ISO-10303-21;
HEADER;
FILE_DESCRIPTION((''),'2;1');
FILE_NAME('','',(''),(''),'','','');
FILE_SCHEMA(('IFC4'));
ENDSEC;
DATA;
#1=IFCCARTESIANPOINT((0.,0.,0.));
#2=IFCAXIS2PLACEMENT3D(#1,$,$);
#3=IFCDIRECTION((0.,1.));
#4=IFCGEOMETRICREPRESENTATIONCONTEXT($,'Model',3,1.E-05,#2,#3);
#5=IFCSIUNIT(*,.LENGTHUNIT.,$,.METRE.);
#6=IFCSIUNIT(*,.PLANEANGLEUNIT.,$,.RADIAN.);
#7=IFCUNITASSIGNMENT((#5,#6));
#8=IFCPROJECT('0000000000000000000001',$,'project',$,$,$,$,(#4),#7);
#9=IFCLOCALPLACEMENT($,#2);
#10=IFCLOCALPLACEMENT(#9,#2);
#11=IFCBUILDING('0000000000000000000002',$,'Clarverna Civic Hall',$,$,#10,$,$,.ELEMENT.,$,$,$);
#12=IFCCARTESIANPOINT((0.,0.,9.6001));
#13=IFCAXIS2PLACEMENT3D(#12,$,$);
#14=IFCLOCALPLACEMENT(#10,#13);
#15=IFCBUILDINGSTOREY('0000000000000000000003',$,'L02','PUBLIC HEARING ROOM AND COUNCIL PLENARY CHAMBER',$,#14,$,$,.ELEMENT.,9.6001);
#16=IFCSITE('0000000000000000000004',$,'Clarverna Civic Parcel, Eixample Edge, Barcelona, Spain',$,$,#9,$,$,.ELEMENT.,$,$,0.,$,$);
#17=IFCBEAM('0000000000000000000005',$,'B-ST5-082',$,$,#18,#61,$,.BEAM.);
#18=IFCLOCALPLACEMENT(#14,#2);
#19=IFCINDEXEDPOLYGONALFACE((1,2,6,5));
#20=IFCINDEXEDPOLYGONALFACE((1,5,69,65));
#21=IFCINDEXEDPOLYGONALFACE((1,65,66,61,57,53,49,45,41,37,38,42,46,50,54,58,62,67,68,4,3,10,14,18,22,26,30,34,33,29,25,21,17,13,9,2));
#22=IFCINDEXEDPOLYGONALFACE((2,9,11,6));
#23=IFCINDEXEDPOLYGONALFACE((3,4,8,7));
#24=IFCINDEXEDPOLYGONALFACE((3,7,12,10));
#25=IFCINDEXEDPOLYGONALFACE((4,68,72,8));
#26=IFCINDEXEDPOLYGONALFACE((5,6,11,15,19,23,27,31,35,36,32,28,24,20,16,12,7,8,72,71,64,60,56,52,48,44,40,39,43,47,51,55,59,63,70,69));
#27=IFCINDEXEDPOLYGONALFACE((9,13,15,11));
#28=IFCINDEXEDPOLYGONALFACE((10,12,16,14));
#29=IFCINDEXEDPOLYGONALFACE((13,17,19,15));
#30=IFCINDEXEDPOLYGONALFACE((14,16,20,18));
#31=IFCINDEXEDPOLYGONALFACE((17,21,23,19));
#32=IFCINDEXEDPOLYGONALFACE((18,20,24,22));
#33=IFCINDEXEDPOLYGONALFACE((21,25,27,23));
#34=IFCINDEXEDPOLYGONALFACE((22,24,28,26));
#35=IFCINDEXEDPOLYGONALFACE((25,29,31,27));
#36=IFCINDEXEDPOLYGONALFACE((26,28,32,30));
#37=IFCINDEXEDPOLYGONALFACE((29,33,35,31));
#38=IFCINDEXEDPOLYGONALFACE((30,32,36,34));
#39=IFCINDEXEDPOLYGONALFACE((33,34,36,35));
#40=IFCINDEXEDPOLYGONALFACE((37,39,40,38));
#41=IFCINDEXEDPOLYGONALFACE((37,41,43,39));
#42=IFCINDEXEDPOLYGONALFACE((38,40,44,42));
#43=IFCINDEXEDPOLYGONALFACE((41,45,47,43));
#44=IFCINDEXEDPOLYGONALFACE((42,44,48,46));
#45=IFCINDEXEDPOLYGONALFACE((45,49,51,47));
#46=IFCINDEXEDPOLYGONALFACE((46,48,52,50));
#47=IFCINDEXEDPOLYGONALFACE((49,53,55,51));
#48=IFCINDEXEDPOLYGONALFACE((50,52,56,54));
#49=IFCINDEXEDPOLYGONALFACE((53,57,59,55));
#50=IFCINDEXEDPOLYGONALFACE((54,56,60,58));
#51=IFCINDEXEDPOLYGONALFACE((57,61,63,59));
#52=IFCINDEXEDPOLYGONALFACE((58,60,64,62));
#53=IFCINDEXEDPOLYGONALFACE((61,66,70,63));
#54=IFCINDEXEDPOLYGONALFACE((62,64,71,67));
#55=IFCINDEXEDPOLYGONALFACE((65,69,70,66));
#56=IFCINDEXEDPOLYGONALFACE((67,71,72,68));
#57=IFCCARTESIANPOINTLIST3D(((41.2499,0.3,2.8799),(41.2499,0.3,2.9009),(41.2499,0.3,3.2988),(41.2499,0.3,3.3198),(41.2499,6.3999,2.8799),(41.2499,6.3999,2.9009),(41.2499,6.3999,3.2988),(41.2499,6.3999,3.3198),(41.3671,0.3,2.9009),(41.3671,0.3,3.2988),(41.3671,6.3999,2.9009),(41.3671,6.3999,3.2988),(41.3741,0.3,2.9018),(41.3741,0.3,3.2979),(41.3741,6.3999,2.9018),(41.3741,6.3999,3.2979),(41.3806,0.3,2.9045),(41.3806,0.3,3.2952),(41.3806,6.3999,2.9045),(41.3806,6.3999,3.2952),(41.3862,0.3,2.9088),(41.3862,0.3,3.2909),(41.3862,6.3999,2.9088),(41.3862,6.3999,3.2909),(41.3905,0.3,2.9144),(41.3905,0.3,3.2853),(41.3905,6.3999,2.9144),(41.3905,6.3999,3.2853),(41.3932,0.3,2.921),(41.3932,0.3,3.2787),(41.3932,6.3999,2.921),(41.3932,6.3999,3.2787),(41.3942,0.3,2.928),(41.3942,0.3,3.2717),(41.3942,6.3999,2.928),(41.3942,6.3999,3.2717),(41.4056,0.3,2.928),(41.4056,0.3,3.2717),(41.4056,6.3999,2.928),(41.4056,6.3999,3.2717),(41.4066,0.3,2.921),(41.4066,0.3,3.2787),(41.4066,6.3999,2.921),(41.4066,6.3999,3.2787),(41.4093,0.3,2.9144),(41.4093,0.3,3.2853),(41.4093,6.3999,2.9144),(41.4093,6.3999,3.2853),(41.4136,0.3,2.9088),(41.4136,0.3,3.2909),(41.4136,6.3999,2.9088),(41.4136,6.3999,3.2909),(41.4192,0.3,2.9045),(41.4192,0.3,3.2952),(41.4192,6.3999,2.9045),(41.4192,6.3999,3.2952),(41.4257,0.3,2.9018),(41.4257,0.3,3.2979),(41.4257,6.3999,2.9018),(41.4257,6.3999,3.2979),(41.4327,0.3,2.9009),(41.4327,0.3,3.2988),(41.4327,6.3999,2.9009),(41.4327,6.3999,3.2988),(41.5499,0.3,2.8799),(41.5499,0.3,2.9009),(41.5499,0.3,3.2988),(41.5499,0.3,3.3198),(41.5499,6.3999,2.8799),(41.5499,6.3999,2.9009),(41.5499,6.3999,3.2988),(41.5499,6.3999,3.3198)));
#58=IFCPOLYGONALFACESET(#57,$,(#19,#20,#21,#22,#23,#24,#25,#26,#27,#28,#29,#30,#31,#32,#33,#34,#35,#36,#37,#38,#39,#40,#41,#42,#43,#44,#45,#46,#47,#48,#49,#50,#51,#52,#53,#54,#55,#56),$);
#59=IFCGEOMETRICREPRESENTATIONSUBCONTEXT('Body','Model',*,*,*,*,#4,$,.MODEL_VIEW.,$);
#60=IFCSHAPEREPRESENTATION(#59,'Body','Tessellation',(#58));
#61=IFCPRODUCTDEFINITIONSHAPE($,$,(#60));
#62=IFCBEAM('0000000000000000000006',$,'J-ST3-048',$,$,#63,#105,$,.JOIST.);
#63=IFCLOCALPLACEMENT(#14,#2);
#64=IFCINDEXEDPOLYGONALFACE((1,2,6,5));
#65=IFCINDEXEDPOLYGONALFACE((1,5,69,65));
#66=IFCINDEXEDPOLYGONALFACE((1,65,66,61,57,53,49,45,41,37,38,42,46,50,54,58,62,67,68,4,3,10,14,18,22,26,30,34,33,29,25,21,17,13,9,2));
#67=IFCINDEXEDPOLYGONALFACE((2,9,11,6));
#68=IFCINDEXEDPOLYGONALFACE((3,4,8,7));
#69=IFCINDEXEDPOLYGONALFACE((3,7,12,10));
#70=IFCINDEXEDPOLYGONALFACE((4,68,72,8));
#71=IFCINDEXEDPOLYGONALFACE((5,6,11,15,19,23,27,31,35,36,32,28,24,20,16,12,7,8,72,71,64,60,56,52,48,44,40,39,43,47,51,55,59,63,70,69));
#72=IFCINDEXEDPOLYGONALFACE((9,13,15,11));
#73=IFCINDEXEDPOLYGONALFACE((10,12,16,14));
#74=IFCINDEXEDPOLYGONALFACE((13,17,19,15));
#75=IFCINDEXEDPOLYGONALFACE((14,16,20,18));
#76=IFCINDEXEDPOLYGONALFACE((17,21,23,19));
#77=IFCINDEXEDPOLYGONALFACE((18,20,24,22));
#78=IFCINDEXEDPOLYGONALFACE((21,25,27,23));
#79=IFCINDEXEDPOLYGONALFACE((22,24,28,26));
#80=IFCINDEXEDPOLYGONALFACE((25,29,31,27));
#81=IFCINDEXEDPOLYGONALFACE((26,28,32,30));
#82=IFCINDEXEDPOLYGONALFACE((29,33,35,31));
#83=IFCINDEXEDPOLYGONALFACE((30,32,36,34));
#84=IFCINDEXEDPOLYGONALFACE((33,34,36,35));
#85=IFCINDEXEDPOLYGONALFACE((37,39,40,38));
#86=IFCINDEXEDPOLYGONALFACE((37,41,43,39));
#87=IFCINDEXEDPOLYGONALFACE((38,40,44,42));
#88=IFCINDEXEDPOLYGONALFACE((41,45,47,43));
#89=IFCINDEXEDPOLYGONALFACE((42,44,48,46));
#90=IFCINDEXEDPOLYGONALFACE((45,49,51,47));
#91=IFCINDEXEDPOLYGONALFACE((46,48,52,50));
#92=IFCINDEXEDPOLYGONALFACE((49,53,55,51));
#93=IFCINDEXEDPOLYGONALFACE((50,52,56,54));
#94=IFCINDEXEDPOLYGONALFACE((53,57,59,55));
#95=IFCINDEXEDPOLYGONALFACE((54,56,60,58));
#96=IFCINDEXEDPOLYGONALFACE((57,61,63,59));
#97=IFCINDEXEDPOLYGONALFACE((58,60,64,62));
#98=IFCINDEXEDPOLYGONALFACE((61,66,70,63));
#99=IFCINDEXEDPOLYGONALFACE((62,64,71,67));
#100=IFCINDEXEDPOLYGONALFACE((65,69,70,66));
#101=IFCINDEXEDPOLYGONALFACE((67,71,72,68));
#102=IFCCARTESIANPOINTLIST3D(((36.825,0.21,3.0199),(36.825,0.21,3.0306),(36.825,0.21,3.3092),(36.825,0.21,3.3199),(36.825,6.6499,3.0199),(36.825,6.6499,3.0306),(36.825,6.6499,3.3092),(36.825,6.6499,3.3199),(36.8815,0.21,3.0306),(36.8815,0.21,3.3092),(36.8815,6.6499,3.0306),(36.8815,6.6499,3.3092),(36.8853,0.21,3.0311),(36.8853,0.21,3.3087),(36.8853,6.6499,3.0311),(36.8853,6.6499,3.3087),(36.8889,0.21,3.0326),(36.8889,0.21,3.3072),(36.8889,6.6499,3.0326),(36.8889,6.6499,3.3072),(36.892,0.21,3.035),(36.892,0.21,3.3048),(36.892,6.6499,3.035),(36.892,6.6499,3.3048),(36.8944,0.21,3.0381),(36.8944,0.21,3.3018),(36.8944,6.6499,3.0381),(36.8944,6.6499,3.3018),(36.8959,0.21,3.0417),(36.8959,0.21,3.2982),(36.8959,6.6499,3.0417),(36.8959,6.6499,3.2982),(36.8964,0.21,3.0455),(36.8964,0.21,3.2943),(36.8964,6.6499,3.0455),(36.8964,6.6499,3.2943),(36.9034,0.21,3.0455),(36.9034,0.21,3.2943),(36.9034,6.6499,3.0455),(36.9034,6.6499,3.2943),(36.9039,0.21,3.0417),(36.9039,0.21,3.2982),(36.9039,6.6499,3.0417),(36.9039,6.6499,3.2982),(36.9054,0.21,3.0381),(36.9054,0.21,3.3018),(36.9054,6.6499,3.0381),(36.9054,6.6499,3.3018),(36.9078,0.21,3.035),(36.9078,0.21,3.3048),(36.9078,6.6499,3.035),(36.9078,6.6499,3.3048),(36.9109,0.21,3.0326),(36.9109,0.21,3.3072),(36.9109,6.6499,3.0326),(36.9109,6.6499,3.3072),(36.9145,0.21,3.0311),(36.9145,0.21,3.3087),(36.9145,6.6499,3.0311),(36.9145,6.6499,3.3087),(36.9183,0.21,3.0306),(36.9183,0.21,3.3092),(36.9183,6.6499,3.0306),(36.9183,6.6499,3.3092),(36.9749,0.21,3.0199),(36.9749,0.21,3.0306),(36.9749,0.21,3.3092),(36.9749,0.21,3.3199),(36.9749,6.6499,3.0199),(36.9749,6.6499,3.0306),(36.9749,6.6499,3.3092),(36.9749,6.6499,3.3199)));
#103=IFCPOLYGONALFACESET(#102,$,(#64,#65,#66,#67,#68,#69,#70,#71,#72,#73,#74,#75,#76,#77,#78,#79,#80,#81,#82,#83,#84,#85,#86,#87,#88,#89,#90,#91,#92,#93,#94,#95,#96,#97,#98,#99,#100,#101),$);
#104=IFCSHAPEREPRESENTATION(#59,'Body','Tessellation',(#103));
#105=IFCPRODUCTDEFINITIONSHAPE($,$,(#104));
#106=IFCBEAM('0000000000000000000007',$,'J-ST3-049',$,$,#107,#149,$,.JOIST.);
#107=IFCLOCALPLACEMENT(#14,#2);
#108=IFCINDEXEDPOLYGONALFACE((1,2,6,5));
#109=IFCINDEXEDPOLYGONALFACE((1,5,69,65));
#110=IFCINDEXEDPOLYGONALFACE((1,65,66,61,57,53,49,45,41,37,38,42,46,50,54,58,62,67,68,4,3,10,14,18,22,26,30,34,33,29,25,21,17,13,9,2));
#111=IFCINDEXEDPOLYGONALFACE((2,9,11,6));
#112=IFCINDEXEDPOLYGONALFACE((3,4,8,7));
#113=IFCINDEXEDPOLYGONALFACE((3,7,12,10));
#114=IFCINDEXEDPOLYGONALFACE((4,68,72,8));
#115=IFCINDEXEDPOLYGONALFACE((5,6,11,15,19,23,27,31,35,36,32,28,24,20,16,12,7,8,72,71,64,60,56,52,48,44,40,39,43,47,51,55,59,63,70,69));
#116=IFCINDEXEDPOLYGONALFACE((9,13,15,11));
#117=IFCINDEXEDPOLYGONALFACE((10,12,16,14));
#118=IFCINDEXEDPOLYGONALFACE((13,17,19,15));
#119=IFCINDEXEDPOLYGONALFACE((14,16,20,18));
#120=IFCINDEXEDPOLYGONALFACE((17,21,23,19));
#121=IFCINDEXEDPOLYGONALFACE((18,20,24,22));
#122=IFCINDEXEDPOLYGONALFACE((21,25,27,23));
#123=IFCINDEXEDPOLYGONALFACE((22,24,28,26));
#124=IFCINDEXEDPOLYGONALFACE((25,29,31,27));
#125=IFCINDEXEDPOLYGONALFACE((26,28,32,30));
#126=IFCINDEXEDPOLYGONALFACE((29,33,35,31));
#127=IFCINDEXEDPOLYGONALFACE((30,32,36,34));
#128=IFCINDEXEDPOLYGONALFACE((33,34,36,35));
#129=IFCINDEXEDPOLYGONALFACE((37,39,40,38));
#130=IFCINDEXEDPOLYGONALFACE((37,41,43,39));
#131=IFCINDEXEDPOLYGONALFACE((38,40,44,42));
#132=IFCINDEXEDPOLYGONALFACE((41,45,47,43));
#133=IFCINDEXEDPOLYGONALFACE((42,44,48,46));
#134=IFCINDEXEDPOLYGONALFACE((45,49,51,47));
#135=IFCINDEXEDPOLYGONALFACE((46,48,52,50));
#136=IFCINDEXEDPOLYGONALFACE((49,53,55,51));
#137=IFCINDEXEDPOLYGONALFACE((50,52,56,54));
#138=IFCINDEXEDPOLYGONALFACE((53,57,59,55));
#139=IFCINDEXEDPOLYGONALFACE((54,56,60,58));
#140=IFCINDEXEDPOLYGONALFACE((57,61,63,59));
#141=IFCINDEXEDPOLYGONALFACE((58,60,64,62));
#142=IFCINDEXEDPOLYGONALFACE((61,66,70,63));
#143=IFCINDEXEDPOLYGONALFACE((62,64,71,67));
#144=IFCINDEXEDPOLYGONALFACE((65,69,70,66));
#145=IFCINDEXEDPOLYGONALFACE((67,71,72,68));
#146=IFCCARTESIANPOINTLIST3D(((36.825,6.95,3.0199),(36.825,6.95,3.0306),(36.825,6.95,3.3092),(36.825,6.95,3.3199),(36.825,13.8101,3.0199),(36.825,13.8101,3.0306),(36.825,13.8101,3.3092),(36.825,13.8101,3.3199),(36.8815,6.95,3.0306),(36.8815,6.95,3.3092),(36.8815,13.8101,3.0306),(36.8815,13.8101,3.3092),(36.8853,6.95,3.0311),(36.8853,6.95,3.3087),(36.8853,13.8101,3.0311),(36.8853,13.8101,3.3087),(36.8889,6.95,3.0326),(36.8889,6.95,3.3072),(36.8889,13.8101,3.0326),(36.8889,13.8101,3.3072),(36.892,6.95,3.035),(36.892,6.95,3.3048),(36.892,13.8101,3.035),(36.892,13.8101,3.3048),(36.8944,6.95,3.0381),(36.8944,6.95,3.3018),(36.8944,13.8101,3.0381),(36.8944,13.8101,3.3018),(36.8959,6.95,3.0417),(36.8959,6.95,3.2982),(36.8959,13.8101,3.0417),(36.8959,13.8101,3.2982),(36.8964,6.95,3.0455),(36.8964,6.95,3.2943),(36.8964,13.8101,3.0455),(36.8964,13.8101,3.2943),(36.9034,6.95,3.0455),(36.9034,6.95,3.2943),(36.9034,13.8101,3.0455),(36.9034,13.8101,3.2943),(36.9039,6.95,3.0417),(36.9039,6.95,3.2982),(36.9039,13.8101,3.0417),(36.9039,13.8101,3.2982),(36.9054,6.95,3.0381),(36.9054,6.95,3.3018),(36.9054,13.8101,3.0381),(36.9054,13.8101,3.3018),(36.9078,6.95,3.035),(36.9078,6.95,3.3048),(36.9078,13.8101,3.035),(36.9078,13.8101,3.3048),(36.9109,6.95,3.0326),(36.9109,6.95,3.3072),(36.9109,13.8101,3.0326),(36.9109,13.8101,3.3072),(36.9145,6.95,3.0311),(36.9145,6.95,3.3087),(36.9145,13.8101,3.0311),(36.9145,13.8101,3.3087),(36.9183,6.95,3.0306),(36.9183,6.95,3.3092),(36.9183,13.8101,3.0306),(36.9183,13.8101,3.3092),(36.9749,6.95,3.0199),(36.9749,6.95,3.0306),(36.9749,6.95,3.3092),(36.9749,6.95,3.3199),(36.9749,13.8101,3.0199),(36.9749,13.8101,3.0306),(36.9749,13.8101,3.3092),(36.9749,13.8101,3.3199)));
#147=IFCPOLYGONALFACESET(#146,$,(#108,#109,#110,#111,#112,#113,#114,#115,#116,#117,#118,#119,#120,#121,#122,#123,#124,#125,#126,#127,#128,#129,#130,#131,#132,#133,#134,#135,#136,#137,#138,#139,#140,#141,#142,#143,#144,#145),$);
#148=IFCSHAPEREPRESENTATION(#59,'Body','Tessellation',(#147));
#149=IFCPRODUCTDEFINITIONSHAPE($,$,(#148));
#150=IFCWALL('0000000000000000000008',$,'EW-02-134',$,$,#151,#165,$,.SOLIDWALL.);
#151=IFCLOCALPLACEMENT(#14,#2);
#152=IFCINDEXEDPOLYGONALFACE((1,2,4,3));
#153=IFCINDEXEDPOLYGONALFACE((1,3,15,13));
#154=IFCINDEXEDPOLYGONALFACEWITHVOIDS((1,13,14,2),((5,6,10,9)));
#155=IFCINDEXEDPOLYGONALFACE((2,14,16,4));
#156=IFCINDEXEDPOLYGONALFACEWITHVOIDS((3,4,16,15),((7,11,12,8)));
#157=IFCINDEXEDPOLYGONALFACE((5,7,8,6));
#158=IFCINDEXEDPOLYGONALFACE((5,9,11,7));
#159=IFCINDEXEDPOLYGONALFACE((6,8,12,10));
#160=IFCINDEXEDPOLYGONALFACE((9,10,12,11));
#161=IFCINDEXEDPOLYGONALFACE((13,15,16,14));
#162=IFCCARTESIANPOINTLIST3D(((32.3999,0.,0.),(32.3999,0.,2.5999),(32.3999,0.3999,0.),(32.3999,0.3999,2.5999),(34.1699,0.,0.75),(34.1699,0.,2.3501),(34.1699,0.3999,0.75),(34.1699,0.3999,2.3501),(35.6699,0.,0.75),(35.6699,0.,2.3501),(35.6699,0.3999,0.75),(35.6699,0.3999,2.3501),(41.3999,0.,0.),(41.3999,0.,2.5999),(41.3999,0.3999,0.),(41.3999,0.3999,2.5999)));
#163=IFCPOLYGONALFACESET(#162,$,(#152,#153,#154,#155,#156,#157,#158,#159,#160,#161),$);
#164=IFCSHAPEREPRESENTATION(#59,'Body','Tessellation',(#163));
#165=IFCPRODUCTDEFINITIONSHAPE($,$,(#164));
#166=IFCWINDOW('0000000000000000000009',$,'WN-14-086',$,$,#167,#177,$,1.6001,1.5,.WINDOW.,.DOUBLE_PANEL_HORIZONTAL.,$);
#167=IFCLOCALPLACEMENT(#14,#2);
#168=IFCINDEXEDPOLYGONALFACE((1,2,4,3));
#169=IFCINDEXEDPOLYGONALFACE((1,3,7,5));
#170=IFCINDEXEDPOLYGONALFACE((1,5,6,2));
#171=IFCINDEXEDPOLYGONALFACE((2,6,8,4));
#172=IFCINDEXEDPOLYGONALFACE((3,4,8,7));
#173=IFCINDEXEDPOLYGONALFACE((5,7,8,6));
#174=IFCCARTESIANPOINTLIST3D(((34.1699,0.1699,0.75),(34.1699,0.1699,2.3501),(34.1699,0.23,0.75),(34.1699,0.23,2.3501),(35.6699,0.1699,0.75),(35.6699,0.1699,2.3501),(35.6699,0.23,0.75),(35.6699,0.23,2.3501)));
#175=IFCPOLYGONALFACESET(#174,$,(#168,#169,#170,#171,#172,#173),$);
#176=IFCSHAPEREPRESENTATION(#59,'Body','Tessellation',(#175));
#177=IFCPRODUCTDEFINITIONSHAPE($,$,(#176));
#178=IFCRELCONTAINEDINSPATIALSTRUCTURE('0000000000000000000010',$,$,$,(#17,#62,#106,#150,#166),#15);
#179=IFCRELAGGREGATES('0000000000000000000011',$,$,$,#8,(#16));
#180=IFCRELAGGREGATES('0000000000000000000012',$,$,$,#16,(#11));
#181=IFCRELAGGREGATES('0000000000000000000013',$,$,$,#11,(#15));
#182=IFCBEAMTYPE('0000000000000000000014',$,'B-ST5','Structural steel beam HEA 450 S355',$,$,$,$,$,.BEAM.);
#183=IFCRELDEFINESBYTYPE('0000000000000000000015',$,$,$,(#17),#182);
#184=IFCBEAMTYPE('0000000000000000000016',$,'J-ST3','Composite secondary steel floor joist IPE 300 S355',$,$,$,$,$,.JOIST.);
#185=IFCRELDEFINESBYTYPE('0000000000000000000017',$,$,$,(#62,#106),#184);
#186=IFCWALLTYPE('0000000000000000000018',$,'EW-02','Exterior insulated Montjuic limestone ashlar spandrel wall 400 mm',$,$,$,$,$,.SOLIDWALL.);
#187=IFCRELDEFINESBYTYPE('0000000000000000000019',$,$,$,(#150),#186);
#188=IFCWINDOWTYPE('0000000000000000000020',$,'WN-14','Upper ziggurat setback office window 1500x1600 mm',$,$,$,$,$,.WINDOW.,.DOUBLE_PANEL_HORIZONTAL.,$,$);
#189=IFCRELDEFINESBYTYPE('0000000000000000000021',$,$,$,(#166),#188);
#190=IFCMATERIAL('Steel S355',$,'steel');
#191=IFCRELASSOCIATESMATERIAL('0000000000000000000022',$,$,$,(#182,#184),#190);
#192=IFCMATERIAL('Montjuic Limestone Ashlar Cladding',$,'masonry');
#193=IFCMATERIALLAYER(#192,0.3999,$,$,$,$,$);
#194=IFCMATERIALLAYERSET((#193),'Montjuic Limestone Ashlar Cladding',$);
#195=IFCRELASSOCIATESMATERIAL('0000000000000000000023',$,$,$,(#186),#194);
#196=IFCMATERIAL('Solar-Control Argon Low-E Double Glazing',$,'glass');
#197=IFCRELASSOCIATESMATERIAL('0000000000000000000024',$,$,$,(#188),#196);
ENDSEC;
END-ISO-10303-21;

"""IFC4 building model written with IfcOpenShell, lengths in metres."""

from ifc_helpers import new_model, si_unit, direction, frame, frame_2d, origin, origin_2d, place, context, subcontext, project, spatial, rectangle, i_section, extrude, material, layer, layer_set, material_profile, profile_set, type_object, element, fill, save


model = new_model("IFC4")

# Units and contexts
model_context = context("Model", 3, precision=1e-05, world=origin(), true_north=direction((0.0, 1.0)))
body_context = subcontext(model_context, "Body", "Model", "MODEL_VIEW")
ifc_project = project(units=[si_unit("LENGTHUNIT", "METRE"), si_unit("PLANEANGLEUNIT", "RADIAN")], contexts=[model_context])

# Site, building, storey
site_placement = place(None, origin())
site = spatial("IfcSite", under=ifc_project, at=site_placement, Name="Clarverna Civic Parcel, Eixample Edge, Barcelona, Spain", CompositionType="ELEMENT", RefElevation=0.0)
building_placement = place(site_placement, origin())
building = spatial("IfcBuilding", under=site, at=building_placement, Name="Clarverna Civic Hall", CompositionType="ELEMENT")
storey_placement = place(building_placement, frame((0.0, 0.0, 9.6001)))
storey = spatial("IfcBuildingStorey", under=building, at=storey_placement, Name="L02", Description="PUBLIC HEARING ROOM AND COUNCIL PLENARY CHAMBER", CompositionType="ELEMENT", Elevation=9.6001)

# Beams
ifc_material_1 = material(Name="Steel S355", Category="steel")
ifc_material_profile_1 = material_profile(ifc_material_1, i_section(OverallWidth=0.3, OverallDepth=0.4399, WebThickness=0.0115, FlangeThickness=0.021, FilletRadius=0.0271, at=origin_2d()), Name="HEA 450")
ifc_profile_set_1 = profile_set([ifc_material_profile_1], Name="Steel S355")
beam_type_1 = type_object("IfcBeamType", Name="B-ST5", Description="Structural steel beam HEA 450 S355", PredefinedType="BEAM", material=ifc_profile_set_1)
beam_1_placement = place(storey_placement, frame((41.3999, 0.3, 3.0999), z_axis=(0.0, 1.0, 0.0), x_axis=(-1.0, 0.0, 0.0)))
element("IfcBeam", 1, at=beam_1_placement, inside=storey, type_object=beam_type_1, Name="B-ST5-082", PredefinedType="BEAM", context=body_context, shape_type="SweptSolid", body=[
    extrude(i_section(OverallWidth=0.3, OverallDepth=0.4399, WebThickness=0.0115, FlangeThickness=0.021, FilletRadius=0.0271, at=origin_2d()), origin(), (0.0, 0.0, 1.0), 6.0999),
])
ifc_material_profile_2 = material_profile(ifc_material_1, i_section(OverallWidth=0.1499, OverallDepth=0.3, WebThickness=0.0071, FlangeThickness=0.0107, FilletRadius=0.0149, at=origin_2d()), Name="IPE 300")
ifc_profile_set_2 = profile_set([ifc_material_profile_2], Name="Steel S355")
beam_type_2 = type_object("IfcBeamType", Name="J-ST3", Description="Composite secondary steel floor joist IPE 300 S355", PredefinedType="JOIST", material=ifc_profile_set_2)
beam_2_placement = place(storey_placement, frame((36.8999, 0.21, 3.1699), z_axis=(0.0, 1.0, 0.0), x_axis=(-1.0, 0.0, 0.0)))
element("IfcBeam", 2, at=beam_2_placement, inside=storey, type_object=beam_type_2, Name="J-ST3-048", PredefinedType="JOIST", context=body_context, shape_type="SweptSolid", body=[
    extrude(i_section(OverallWidth=0.1499, OverallDepth=0.3, WebThickness=0.0071, FlangeThickness=0.0107, FilletRadius=0.0149, at=origin_2d()), origin(), (0.0, 0.0, 1.0), 6.4399),
])
beam_3_placement = place(storey_placement, frame((36.8999, 6.95, 3.1699), z_axis=(0.0, 1.0, 0.0), x_axis=(-1.0, 0.0, 0.0)))
element("IfcBeam", 3, at=beam_3_placement, inside=storey, type_object=beam_type_2, Name="J-ST3-049", PredefinedType="JOIST", context=body_context, shape_type="SweptSolid", body=[
    extrude(i_section(OverallWidth=0.1499, OverallDepth=0.3, WebThickness=0.0071, FlangeThickness=0.0107, FilletRadius=0.0149, at=origin_2d()), origin(), (0.0, 0.0, 1.0), 6.8601),
])

# Wall, opening, window
ifc_material_2 = material(Name="Montjuic Limestone Ashlar Cladding", Category="masonry")
ifc_layer_1 = layer(ifc_material_2, 0.3999)
ifc_layer_set_1 = layer_set([ifc_layer_1], Name="Montjuic Limestone Ashlar Cladding")
wall_type_1 = type_object("IfcWallType", Name="EW-02", Description="Exterior insulated Montjuic limestone ashlar spandrel wall 400 mm", PredefinedType="SOLIDWALL", material=ifc_layer_set_1)
wall_1_placement = place(storey_placement, frame((41.3999, 0.2, 0.0), z_axis=(0.0, 0.0, 1.0), x_axis=(-1.0, 0.0, 0.0)))
wall_1 = element("IfcWall", 4, at=wall_1_placement, inside=storey, type_object=wall_type_1, Name="EW-02-134", PredefinedType="SOLIDWALL", context=body_context, shape_type="SweptSolid", body=[
    extrude(rectangle(XDim=9.0, YDim=0.3999, at=frame_2d((4.5, 0.0))), origin(), (0.0, 0.0, 1.0), 2.5999),
])
opening_1_placement = place(wall_1_placement, frame((5.73, 0.0, 0.75)))
opening_1 = element("IfcOpeningElement", 5, at=opening_1_placement, cuts=wall_1, PredefinedType="OPENING", context=body_context, shape_type="SweptSolid", body=[
    extrude(rectangle(XDim=1.5, YDim=1.6001, at=frame_2d((0.75, 0.8))), frame((0.0, 0.21, 0.0), z_axis=(0.0, -1.0, 0.0), x_axis=(1.0, 0.0, 0.0)), (0.0, 0.0, 1.0), 0.4199),
])
ifc_material_3 = material(Name="Solar-Control Argon Low-E Double Glazing", Category="glass")
window_type = type_object("IfcWindowType", Name="WN-14", Description="Upper ziggurat setback office window 1500x1600 mm", PartitioningType="DOUBLE_PANEL_HORIZONTAL", PredefinedType="WINDOW", material=ifc_material_3)
window_1_placement = place(opening_1_placement, origin())
window_1 = element("IfcWindow", 6, at=window_1_placement, inside=storey, type_object=window_type, Name="WN-14-086", OverallHeight=1.6001, OverallWidth=1.5, PartitioningType="DOUBLE_PANEL_HORIZONTAL", PredefinedType="WINDOW", context=body_context, shape_type="SweptSolid", body=[
    extrude(rectangle(XDim=1.5, YDim=1.6001, at=frame_2d((0.75, 0.8))), frame((0.0, 0.03, 0.0), z_axis=(0.0, -1.0, 0.0), x_axis=(1.0, 0.0, 0.0)), (0.0, 0.0, 1.0), 0.0601),
])
fill(opening_1, window_1)

save(model, "model.ifc")
